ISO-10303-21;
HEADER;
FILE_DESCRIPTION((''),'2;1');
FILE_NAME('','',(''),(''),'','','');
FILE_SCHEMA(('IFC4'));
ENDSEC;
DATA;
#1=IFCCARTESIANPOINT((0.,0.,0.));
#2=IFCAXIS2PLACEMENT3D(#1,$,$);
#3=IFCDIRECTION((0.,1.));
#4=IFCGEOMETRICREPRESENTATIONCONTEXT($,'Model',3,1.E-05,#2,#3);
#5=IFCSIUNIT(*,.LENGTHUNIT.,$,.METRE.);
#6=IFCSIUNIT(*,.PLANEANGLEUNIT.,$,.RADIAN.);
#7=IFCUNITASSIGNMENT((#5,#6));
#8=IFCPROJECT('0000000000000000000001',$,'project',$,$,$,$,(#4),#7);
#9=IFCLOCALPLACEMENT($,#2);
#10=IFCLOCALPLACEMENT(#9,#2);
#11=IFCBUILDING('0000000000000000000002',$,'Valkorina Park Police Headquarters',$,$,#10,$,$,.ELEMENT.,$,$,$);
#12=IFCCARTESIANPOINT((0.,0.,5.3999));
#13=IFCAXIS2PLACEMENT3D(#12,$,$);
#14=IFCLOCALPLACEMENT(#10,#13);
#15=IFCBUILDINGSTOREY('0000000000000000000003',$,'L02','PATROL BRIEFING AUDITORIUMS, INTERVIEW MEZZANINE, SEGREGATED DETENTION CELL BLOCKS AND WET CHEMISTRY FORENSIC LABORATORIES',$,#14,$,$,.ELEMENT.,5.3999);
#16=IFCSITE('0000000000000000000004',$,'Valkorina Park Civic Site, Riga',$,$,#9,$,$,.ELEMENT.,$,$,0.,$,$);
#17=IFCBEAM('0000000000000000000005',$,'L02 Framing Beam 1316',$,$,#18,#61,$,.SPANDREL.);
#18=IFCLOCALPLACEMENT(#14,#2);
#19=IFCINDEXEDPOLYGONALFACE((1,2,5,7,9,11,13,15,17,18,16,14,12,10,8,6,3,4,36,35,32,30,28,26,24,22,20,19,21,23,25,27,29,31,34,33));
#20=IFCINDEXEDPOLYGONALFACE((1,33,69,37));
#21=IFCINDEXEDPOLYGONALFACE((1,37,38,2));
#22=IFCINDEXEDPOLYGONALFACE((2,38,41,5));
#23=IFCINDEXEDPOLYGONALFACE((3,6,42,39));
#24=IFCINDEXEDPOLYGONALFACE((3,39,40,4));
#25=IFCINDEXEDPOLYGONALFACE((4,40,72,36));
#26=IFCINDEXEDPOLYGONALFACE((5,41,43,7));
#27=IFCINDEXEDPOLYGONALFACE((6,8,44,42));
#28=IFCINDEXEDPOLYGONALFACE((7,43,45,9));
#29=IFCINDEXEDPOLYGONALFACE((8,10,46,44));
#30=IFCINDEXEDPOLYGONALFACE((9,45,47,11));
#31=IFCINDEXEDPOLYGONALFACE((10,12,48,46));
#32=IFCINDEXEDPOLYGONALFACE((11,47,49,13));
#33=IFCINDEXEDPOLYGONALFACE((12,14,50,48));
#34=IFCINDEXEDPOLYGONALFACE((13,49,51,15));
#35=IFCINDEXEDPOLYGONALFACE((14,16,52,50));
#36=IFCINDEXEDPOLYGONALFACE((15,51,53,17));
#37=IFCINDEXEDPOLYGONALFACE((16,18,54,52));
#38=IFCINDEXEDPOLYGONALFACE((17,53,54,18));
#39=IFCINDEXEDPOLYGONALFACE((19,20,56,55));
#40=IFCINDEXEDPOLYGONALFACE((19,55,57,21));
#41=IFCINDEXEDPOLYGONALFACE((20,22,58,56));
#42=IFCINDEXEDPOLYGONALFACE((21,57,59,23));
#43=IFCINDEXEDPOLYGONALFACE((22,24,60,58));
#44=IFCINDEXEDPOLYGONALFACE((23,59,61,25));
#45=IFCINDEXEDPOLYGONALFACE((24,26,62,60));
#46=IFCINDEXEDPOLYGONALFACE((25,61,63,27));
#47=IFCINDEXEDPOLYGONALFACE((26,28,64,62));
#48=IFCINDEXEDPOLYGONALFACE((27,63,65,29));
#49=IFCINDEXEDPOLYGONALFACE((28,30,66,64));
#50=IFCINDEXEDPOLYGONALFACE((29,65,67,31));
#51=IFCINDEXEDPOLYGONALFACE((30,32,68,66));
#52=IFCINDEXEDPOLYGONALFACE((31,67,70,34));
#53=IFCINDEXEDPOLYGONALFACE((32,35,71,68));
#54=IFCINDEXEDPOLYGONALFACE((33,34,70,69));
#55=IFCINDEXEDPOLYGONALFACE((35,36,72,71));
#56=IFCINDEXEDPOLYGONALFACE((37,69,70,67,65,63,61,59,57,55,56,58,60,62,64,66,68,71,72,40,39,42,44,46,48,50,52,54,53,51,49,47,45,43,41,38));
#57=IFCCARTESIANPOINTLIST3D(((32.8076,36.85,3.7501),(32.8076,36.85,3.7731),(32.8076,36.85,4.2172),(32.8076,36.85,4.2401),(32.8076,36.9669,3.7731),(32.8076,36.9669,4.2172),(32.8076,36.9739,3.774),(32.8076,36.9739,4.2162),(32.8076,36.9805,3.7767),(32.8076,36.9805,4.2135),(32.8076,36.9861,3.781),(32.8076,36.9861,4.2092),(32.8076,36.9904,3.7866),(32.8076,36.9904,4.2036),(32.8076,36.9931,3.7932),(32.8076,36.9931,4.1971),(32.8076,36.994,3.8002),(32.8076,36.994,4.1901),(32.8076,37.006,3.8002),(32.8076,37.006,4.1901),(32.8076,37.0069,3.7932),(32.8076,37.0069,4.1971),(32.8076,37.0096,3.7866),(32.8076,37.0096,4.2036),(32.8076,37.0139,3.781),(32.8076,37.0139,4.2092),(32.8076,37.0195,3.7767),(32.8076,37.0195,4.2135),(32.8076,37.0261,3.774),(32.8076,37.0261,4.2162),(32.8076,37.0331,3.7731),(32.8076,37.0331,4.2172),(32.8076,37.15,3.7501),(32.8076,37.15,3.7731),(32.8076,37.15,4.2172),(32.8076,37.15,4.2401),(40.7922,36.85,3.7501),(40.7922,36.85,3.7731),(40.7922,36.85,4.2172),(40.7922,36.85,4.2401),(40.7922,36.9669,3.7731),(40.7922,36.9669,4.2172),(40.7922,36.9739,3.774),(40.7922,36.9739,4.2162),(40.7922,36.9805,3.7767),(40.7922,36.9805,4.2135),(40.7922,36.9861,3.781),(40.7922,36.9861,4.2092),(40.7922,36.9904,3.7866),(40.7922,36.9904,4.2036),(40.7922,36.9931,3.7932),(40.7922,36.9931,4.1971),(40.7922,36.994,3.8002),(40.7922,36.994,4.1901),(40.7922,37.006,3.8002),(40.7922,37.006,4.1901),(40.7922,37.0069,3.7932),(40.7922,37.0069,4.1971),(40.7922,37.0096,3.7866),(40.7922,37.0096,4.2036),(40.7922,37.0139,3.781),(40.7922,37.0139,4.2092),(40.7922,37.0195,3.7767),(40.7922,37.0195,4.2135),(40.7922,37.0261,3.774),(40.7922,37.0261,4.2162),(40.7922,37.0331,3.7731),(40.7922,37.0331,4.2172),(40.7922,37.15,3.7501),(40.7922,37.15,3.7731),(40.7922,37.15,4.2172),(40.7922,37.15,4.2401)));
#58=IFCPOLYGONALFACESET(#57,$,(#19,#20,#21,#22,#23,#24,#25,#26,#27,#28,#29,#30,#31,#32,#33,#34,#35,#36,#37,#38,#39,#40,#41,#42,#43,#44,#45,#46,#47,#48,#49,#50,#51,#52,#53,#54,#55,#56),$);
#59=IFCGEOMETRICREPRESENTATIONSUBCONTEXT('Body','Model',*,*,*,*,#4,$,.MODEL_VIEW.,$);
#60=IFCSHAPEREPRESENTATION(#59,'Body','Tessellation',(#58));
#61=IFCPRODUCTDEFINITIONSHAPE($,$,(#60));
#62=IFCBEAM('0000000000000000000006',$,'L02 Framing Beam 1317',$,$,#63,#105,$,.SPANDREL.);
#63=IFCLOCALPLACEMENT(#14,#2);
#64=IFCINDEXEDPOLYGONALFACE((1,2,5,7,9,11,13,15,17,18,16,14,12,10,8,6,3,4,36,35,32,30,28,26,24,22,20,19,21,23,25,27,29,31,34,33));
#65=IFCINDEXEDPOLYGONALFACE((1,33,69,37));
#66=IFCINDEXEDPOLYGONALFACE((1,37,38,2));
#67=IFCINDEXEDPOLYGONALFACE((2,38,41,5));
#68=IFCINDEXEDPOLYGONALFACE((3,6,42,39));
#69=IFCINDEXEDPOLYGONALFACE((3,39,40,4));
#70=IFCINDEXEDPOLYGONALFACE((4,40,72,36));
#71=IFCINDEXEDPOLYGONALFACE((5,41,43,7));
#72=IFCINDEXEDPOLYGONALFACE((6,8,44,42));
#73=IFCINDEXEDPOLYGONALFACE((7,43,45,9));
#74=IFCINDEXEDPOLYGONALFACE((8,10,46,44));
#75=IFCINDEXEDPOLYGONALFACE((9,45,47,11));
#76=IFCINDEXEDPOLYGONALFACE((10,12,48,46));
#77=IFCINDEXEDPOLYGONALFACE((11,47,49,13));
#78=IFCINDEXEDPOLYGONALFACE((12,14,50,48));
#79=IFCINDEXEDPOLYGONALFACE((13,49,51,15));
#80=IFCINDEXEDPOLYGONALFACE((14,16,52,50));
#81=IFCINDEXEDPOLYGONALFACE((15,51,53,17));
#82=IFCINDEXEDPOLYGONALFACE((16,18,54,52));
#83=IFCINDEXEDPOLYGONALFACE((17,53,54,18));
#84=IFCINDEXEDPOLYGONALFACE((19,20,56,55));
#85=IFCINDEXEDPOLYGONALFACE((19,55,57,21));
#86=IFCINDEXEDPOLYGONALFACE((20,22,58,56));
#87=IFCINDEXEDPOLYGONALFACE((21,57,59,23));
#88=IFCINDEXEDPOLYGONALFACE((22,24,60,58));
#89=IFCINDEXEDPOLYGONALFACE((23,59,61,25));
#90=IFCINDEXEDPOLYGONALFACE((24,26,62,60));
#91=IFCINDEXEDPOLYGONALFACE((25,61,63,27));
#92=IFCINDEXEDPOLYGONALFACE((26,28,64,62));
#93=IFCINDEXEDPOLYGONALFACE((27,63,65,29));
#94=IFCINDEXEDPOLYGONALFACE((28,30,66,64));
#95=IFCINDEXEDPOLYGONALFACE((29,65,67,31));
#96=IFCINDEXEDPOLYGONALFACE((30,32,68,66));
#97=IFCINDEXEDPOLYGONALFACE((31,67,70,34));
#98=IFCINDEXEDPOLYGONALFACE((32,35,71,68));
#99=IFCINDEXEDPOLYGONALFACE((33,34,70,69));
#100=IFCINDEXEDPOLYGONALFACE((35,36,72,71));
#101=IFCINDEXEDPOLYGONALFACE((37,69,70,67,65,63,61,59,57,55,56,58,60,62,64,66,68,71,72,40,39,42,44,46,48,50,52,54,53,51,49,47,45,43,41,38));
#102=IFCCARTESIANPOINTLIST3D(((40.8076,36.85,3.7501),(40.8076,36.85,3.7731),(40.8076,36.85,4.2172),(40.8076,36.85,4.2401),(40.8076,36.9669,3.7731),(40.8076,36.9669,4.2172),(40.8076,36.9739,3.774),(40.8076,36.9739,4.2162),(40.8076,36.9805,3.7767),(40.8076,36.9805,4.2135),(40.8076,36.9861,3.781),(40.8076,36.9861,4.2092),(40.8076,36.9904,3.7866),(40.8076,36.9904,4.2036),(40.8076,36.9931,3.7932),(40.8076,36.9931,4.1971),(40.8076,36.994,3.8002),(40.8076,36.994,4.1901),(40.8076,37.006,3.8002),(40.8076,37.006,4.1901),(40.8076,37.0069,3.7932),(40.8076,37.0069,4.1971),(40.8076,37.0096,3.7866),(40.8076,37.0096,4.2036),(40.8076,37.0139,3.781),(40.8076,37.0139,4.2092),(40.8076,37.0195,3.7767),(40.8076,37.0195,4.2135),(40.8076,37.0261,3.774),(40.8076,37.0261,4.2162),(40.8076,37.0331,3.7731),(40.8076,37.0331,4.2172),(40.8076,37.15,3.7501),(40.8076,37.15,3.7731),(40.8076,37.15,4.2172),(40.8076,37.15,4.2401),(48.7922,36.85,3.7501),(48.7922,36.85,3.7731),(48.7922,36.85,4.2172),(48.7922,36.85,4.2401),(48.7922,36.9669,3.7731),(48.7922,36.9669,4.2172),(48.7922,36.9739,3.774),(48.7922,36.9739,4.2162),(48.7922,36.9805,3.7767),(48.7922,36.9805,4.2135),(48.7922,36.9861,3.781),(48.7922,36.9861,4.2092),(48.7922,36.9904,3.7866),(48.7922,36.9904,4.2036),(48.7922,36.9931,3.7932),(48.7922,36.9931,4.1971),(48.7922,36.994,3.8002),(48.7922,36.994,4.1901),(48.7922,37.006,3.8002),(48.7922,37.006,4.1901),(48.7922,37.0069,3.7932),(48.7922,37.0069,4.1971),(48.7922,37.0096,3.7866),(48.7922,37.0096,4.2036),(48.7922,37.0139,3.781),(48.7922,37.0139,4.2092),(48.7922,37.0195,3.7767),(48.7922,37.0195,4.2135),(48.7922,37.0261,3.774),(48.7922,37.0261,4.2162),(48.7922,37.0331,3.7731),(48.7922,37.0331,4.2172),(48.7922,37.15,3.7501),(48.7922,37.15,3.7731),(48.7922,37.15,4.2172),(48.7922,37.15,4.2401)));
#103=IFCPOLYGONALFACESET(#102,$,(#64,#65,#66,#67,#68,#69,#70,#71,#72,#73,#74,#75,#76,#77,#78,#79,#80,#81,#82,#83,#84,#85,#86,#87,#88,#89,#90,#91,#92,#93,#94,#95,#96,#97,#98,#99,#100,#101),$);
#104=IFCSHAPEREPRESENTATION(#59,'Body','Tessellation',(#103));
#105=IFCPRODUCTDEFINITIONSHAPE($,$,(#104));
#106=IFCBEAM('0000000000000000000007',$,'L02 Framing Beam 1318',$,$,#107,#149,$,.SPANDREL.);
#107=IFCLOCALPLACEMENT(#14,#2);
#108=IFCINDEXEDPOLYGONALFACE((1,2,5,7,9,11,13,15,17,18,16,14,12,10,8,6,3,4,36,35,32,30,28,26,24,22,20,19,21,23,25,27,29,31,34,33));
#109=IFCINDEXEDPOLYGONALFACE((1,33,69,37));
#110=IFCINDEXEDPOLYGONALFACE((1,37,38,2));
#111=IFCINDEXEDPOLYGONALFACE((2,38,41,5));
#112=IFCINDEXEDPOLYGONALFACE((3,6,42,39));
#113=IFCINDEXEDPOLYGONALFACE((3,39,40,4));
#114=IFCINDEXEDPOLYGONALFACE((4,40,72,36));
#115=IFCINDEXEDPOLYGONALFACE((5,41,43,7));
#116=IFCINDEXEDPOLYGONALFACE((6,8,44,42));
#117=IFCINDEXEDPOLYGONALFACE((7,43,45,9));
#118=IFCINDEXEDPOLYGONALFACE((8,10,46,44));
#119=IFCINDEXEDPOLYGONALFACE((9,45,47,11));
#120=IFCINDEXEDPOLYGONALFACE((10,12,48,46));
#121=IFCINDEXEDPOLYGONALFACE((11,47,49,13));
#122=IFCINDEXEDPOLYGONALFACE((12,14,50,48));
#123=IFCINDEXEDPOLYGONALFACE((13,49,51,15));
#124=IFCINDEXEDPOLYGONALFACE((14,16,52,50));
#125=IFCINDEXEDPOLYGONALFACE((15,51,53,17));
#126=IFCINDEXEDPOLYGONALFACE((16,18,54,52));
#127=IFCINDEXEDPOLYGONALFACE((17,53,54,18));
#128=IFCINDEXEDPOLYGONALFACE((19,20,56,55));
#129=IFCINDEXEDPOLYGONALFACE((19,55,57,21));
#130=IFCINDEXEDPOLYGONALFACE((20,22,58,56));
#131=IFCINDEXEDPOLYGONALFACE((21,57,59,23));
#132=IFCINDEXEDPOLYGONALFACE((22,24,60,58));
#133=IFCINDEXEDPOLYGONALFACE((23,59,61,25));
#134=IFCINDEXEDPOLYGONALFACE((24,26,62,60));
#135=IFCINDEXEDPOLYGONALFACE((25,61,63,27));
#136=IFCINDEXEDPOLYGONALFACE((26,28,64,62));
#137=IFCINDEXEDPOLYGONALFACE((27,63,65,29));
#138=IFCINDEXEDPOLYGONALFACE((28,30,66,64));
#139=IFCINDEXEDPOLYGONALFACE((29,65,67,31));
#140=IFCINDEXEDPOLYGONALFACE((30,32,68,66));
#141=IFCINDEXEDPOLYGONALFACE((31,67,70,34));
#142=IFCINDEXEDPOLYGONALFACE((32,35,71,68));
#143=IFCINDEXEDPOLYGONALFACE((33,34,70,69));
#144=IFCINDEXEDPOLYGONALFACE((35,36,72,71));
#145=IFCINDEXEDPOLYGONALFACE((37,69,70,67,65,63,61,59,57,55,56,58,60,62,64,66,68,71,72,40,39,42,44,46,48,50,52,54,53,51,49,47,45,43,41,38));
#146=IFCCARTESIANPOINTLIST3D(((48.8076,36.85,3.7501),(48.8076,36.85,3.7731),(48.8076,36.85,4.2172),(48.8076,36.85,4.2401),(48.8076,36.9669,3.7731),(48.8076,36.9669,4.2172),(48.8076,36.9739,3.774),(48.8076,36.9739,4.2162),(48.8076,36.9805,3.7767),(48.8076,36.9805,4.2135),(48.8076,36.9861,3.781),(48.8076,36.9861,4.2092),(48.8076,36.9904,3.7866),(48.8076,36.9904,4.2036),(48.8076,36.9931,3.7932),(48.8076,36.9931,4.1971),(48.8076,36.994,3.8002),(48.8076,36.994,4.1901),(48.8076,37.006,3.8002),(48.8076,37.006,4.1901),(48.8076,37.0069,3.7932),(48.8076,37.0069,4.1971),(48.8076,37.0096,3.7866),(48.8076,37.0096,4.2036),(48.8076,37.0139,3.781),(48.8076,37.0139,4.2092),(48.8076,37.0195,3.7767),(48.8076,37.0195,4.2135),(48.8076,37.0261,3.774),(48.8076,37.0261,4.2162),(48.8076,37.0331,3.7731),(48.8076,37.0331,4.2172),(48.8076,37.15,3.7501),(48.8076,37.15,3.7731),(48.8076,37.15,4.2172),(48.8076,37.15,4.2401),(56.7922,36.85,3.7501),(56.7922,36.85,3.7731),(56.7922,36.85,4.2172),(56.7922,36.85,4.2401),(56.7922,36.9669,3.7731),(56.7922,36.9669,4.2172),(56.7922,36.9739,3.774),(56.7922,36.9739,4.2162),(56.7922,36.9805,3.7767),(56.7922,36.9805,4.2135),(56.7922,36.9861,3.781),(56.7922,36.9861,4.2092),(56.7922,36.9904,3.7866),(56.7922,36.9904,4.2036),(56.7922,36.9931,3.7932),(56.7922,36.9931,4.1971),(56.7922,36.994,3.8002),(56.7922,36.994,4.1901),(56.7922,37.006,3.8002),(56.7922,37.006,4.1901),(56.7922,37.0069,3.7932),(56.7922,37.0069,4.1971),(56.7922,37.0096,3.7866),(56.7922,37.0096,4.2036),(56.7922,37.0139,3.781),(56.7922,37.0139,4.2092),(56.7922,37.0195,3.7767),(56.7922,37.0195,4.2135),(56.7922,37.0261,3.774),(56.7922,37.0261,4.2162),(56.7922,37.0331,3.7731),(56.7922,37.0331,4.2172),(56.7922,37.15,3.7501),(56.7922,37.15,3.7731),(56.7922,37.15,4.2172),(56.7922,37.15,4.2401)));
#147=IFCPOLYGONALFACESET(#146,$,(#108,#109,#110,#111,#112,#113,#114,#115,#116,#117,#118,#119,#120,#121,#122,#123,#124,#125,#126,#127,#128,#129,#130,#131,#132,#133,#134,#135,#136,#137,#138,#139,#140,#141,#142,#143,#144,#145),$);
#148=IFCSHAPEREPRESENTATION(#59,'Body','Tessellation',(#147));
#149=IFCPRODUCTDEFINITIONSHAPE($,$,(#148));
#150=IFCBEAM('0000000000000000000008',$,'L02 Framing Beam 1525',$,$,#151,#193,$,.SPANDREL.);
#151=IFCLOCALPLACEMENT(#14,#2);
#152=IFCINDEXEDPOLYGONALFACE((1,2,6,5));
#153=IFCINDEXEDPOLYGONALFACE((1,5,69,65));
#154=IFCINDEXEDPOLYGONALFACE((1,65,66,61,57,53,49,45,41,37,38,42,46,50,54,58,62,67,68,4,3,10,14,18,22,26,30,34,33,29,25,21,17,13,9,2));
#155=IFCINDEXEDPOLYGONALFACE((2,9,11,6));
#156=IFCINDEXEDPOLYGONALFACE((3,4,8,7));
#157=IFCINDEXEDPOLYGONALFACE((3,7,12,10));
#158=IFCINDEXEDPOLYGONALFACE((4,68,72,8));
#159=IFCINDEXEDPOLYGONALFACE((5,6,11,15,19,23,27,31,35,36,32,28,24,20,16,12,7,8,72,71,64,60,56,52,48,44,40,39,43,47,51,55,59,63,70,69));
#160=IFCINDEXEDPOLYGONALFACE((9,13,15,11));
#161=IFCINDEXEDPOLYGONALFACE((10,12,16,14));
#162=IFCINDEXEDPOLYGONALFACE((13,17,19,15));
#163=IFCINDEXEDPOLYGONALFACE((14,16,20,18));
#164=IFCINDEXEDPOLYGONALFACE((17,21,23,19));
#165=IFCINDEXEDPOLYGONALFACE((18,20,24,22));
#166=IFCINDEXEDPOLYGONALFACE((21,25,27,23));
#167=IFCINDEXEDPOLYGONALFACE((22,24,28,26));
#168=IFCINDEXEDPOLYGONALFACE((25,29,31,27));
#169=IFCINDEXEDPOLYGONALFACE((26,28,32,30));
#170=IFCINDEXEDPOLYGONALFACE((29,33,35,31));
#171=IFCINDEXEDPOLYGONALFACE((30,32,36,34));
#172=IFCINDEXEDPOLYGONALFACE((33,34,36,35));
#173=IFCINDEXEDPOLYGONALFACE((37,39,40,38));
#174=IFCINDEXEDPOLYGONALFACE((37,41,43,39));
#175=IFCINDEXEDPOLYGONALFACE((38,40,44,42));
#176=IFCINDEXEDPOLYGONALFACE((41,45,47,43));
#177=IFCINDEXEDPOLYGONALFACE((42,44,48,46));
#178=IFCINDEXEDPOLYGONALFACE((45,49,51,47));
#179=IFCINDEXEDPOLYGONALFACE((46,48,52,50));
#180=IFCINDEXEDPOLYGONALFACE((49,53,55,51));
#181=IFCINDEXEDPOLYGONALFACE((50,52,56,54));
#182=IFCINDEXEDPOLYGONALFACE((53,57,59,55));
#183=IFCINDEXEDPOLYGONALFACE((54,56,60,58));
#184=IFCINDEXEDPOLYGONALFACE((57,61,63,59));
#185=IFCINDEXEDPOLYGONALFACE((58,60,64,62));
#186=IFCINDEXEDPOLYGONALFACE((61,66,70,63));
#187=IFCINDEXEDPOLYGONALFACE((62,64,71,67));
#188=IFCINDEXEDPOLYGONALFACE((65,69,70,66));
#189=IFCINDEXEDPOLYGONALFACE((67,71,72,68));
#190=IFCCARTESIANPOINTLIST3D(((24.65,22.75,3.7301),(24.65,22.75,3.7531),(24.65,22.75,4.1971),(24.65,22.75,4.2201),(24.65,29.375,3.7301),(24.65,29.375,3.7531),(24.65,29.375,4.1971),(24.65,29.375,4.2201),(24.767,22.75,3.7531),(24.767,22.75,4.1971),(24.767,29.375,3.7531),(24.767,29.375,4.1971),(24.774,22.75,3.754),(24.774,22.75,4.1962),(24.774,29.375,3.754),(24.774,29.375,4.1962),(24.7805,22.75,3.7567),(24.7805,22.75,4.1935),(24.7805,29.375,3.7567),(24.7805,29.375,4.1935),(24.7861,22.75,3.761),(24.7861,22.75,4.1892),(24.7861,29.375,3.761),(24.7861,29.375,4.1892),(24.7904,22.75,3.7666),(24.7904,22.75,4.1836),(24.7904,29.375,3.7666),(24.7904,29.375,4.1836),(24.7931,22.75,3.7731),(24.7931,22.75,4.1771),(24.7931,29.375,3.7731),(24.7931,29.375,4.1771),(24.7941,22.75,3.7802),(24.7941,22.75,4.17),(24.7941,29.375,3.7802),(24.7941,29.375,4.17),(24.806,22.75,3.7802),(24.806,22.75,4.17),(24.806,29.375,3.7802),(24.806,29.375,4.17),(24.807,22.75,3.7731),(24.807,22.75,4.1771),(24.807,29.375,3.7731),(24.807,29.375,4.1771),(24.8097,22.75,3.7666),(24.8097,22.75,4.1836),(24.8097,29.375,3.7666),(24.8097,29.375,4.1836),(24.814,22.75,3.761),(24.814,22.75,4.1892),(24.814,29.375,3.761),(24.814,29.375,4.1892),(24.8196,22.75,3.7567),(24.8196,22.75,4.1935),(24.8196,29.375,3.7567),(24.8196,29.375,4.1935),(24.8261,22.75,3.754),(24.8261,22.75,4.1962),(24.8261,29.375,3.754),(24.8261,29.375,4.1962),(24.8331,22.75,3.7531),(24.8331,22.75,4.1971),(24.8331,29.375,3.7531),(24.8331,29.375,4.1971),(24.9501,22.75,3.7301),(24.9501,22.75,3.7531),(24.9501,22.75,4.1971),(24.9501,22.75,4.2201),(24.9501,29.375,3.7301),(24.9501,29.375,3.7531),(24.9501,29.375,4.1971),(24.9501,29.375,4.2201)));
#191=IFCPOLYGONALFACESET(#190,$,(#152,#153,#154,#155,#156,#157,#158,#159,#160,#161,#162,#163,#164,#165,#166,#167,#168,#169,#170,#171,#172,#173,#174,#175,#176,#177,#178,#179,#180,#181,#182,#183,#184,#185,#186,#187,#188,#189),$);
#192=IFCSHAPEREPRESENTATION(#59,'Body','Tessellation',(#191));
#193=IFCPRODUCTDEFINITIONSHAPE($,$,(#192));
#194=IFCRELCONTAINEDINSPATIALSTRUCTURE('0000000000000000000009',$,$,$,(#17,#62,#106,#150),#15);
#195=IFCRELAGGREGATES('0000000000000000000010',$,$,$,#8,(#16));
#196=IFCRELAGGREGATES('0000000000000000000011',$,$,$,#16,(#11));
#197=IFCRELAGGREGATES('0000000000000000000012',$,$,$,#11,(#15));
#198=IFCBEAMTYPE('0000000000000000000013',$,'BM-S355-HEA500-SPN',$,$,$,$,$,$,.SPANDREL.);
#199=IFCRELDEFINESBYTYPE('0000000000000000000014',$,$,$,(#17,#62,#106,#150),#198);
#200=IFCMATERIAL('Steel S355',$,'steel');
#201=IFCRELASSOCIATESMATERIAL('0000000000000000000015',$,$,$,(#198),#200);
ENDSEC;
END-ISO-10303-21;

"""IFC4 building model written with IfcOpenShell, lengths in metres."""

from ifc_helpers import new_model, si_unit, direction, frame, origin, origin_2d, place, context, subcontext, project, spatial, i_section, extrude, material, material_profile, profile_set, type_object, element, save


model = new_model("IFC4")

# Units and contexts
model_context = context("Model", 3, precision=1e-05, world=origin(), true_north=direction((0.0, 1.0)))
body_context = subcontext(model_context, "Body", "Model", "MODEL_VIEW")
ifc_project = project(units=[si_unit("LENGTHUNIT", "METRE"), si_unit("PLANEANGLEUNIT", "RADIAN")], contexts=[model_context])

# Site, building, storey
site_placement = place(None, origin())
site = spatial("IfcSite", under=ifc_project, at=site_placement, Name="Valkorina Park Civic Site, Riga", CompositionType="ELEMENT", RefElevation=0.0)
building_placement = place(site_placement, origin())
building = spatial("IfcBuilding", under=site, at=building_placement, Name="Valkorina Park Police Headquarters", CompositionType="ELEMENT")
storey_placement = place(building_placement, frame((0.0, 0.0, 5.3999)))
storey = spatial("IfcBuildingStorey", under=building, at=storey_placement, Name="L02", Description="PATROL BRIEFING AUDITORIUMS, INTERVIEW MEZZANINE, SEGREGATED DETENTION CELL BLOCKS AND WET CHEMISTRY FORENSIC LABORATORIES", CompositionType="ELEMENT", Elevation=5.3999)

# Shared definitions
ifc_material_1 = material(Name="Steel S355", Category="steel")

# Beams
ifc_material_profile_1 = material_profile(ifc_material_1, i_section(OverallWidth=0.3, OverallDepth=0.49, WebThickness=0.012, FlangeThickness=0.0229, FilletRadius=0.0271, at=origin_2d()), Name="HEA 500")
ifc_profile_set_1 = profile_set([ifc_material_profile_1], Name="Steel S355")
beam_type = type_object("IfcBeamType", Name="BM-S355-HEA500-SPN", PredefinedType="SPANDREL", material=ifc_profile_set_1)
for number, where, z_axis, x_axis, name in (
    (1, (32.8076, 37.0, 3.9951), (1.0, 0.0, 0.0), (0.0, 1.0, 0.0), "L02 Framing Beam 1316"),
    (2, (40.8076, 37.0, 3.9951), (1.0, 0.0, 0.0), (0.0, 1.0, 0.0), "L02 Framing Beam 1317"),
    (3, (48.8076, 37.0, 3.9951), (1.0, 0.0, 0.0), (0.0, 1.0, 0.0), "L02 Framing Beam 1318"),
):
    element("IfcBeam", number, at=place(storey_placement, frame(where, z_axis=z_axis, x_axis=x_axis)), inside=storey, type_object=beam_type, Name=name, PredefinedType="SPANDREL", context=body_context, shape_type="SweptSolid", body=[
        extrude(i_section(OverallWidth=0.3, OverallDepth=0.49, WebThickness=0.012, FlangeThickness=0.0229, FilletRadius=0.0271, at=origin_2d()), origin(), (0.0, 0.0, 1.0), 7.9846),
    ])
beam_1_placement = place(storey_placement, frame((24.8, 22.75, 3.9751), z_axis=(0.0, 1.0, 0.0), x_axis=(-1.0, 0.0, 0.0)))
element("IfcBeam", 4, at=beam_1_placement, inside=storey, type_object=beam_type, Name="L02 Framing Beam 1525", PredefinedType="SPANDREL", context=body_context, shape_type="SweptSolid", body=[
    extrude(i_section(OverallWidth=0.3, OverallDepth=0.49, WebThickness=0.012, FlangeThickness=0.0229, FilletRadius=0.0271, at=origin_2d()), origin(), (0.0, 0.0, 1.0), 6.625),
])

save(model, "model.ifc")
